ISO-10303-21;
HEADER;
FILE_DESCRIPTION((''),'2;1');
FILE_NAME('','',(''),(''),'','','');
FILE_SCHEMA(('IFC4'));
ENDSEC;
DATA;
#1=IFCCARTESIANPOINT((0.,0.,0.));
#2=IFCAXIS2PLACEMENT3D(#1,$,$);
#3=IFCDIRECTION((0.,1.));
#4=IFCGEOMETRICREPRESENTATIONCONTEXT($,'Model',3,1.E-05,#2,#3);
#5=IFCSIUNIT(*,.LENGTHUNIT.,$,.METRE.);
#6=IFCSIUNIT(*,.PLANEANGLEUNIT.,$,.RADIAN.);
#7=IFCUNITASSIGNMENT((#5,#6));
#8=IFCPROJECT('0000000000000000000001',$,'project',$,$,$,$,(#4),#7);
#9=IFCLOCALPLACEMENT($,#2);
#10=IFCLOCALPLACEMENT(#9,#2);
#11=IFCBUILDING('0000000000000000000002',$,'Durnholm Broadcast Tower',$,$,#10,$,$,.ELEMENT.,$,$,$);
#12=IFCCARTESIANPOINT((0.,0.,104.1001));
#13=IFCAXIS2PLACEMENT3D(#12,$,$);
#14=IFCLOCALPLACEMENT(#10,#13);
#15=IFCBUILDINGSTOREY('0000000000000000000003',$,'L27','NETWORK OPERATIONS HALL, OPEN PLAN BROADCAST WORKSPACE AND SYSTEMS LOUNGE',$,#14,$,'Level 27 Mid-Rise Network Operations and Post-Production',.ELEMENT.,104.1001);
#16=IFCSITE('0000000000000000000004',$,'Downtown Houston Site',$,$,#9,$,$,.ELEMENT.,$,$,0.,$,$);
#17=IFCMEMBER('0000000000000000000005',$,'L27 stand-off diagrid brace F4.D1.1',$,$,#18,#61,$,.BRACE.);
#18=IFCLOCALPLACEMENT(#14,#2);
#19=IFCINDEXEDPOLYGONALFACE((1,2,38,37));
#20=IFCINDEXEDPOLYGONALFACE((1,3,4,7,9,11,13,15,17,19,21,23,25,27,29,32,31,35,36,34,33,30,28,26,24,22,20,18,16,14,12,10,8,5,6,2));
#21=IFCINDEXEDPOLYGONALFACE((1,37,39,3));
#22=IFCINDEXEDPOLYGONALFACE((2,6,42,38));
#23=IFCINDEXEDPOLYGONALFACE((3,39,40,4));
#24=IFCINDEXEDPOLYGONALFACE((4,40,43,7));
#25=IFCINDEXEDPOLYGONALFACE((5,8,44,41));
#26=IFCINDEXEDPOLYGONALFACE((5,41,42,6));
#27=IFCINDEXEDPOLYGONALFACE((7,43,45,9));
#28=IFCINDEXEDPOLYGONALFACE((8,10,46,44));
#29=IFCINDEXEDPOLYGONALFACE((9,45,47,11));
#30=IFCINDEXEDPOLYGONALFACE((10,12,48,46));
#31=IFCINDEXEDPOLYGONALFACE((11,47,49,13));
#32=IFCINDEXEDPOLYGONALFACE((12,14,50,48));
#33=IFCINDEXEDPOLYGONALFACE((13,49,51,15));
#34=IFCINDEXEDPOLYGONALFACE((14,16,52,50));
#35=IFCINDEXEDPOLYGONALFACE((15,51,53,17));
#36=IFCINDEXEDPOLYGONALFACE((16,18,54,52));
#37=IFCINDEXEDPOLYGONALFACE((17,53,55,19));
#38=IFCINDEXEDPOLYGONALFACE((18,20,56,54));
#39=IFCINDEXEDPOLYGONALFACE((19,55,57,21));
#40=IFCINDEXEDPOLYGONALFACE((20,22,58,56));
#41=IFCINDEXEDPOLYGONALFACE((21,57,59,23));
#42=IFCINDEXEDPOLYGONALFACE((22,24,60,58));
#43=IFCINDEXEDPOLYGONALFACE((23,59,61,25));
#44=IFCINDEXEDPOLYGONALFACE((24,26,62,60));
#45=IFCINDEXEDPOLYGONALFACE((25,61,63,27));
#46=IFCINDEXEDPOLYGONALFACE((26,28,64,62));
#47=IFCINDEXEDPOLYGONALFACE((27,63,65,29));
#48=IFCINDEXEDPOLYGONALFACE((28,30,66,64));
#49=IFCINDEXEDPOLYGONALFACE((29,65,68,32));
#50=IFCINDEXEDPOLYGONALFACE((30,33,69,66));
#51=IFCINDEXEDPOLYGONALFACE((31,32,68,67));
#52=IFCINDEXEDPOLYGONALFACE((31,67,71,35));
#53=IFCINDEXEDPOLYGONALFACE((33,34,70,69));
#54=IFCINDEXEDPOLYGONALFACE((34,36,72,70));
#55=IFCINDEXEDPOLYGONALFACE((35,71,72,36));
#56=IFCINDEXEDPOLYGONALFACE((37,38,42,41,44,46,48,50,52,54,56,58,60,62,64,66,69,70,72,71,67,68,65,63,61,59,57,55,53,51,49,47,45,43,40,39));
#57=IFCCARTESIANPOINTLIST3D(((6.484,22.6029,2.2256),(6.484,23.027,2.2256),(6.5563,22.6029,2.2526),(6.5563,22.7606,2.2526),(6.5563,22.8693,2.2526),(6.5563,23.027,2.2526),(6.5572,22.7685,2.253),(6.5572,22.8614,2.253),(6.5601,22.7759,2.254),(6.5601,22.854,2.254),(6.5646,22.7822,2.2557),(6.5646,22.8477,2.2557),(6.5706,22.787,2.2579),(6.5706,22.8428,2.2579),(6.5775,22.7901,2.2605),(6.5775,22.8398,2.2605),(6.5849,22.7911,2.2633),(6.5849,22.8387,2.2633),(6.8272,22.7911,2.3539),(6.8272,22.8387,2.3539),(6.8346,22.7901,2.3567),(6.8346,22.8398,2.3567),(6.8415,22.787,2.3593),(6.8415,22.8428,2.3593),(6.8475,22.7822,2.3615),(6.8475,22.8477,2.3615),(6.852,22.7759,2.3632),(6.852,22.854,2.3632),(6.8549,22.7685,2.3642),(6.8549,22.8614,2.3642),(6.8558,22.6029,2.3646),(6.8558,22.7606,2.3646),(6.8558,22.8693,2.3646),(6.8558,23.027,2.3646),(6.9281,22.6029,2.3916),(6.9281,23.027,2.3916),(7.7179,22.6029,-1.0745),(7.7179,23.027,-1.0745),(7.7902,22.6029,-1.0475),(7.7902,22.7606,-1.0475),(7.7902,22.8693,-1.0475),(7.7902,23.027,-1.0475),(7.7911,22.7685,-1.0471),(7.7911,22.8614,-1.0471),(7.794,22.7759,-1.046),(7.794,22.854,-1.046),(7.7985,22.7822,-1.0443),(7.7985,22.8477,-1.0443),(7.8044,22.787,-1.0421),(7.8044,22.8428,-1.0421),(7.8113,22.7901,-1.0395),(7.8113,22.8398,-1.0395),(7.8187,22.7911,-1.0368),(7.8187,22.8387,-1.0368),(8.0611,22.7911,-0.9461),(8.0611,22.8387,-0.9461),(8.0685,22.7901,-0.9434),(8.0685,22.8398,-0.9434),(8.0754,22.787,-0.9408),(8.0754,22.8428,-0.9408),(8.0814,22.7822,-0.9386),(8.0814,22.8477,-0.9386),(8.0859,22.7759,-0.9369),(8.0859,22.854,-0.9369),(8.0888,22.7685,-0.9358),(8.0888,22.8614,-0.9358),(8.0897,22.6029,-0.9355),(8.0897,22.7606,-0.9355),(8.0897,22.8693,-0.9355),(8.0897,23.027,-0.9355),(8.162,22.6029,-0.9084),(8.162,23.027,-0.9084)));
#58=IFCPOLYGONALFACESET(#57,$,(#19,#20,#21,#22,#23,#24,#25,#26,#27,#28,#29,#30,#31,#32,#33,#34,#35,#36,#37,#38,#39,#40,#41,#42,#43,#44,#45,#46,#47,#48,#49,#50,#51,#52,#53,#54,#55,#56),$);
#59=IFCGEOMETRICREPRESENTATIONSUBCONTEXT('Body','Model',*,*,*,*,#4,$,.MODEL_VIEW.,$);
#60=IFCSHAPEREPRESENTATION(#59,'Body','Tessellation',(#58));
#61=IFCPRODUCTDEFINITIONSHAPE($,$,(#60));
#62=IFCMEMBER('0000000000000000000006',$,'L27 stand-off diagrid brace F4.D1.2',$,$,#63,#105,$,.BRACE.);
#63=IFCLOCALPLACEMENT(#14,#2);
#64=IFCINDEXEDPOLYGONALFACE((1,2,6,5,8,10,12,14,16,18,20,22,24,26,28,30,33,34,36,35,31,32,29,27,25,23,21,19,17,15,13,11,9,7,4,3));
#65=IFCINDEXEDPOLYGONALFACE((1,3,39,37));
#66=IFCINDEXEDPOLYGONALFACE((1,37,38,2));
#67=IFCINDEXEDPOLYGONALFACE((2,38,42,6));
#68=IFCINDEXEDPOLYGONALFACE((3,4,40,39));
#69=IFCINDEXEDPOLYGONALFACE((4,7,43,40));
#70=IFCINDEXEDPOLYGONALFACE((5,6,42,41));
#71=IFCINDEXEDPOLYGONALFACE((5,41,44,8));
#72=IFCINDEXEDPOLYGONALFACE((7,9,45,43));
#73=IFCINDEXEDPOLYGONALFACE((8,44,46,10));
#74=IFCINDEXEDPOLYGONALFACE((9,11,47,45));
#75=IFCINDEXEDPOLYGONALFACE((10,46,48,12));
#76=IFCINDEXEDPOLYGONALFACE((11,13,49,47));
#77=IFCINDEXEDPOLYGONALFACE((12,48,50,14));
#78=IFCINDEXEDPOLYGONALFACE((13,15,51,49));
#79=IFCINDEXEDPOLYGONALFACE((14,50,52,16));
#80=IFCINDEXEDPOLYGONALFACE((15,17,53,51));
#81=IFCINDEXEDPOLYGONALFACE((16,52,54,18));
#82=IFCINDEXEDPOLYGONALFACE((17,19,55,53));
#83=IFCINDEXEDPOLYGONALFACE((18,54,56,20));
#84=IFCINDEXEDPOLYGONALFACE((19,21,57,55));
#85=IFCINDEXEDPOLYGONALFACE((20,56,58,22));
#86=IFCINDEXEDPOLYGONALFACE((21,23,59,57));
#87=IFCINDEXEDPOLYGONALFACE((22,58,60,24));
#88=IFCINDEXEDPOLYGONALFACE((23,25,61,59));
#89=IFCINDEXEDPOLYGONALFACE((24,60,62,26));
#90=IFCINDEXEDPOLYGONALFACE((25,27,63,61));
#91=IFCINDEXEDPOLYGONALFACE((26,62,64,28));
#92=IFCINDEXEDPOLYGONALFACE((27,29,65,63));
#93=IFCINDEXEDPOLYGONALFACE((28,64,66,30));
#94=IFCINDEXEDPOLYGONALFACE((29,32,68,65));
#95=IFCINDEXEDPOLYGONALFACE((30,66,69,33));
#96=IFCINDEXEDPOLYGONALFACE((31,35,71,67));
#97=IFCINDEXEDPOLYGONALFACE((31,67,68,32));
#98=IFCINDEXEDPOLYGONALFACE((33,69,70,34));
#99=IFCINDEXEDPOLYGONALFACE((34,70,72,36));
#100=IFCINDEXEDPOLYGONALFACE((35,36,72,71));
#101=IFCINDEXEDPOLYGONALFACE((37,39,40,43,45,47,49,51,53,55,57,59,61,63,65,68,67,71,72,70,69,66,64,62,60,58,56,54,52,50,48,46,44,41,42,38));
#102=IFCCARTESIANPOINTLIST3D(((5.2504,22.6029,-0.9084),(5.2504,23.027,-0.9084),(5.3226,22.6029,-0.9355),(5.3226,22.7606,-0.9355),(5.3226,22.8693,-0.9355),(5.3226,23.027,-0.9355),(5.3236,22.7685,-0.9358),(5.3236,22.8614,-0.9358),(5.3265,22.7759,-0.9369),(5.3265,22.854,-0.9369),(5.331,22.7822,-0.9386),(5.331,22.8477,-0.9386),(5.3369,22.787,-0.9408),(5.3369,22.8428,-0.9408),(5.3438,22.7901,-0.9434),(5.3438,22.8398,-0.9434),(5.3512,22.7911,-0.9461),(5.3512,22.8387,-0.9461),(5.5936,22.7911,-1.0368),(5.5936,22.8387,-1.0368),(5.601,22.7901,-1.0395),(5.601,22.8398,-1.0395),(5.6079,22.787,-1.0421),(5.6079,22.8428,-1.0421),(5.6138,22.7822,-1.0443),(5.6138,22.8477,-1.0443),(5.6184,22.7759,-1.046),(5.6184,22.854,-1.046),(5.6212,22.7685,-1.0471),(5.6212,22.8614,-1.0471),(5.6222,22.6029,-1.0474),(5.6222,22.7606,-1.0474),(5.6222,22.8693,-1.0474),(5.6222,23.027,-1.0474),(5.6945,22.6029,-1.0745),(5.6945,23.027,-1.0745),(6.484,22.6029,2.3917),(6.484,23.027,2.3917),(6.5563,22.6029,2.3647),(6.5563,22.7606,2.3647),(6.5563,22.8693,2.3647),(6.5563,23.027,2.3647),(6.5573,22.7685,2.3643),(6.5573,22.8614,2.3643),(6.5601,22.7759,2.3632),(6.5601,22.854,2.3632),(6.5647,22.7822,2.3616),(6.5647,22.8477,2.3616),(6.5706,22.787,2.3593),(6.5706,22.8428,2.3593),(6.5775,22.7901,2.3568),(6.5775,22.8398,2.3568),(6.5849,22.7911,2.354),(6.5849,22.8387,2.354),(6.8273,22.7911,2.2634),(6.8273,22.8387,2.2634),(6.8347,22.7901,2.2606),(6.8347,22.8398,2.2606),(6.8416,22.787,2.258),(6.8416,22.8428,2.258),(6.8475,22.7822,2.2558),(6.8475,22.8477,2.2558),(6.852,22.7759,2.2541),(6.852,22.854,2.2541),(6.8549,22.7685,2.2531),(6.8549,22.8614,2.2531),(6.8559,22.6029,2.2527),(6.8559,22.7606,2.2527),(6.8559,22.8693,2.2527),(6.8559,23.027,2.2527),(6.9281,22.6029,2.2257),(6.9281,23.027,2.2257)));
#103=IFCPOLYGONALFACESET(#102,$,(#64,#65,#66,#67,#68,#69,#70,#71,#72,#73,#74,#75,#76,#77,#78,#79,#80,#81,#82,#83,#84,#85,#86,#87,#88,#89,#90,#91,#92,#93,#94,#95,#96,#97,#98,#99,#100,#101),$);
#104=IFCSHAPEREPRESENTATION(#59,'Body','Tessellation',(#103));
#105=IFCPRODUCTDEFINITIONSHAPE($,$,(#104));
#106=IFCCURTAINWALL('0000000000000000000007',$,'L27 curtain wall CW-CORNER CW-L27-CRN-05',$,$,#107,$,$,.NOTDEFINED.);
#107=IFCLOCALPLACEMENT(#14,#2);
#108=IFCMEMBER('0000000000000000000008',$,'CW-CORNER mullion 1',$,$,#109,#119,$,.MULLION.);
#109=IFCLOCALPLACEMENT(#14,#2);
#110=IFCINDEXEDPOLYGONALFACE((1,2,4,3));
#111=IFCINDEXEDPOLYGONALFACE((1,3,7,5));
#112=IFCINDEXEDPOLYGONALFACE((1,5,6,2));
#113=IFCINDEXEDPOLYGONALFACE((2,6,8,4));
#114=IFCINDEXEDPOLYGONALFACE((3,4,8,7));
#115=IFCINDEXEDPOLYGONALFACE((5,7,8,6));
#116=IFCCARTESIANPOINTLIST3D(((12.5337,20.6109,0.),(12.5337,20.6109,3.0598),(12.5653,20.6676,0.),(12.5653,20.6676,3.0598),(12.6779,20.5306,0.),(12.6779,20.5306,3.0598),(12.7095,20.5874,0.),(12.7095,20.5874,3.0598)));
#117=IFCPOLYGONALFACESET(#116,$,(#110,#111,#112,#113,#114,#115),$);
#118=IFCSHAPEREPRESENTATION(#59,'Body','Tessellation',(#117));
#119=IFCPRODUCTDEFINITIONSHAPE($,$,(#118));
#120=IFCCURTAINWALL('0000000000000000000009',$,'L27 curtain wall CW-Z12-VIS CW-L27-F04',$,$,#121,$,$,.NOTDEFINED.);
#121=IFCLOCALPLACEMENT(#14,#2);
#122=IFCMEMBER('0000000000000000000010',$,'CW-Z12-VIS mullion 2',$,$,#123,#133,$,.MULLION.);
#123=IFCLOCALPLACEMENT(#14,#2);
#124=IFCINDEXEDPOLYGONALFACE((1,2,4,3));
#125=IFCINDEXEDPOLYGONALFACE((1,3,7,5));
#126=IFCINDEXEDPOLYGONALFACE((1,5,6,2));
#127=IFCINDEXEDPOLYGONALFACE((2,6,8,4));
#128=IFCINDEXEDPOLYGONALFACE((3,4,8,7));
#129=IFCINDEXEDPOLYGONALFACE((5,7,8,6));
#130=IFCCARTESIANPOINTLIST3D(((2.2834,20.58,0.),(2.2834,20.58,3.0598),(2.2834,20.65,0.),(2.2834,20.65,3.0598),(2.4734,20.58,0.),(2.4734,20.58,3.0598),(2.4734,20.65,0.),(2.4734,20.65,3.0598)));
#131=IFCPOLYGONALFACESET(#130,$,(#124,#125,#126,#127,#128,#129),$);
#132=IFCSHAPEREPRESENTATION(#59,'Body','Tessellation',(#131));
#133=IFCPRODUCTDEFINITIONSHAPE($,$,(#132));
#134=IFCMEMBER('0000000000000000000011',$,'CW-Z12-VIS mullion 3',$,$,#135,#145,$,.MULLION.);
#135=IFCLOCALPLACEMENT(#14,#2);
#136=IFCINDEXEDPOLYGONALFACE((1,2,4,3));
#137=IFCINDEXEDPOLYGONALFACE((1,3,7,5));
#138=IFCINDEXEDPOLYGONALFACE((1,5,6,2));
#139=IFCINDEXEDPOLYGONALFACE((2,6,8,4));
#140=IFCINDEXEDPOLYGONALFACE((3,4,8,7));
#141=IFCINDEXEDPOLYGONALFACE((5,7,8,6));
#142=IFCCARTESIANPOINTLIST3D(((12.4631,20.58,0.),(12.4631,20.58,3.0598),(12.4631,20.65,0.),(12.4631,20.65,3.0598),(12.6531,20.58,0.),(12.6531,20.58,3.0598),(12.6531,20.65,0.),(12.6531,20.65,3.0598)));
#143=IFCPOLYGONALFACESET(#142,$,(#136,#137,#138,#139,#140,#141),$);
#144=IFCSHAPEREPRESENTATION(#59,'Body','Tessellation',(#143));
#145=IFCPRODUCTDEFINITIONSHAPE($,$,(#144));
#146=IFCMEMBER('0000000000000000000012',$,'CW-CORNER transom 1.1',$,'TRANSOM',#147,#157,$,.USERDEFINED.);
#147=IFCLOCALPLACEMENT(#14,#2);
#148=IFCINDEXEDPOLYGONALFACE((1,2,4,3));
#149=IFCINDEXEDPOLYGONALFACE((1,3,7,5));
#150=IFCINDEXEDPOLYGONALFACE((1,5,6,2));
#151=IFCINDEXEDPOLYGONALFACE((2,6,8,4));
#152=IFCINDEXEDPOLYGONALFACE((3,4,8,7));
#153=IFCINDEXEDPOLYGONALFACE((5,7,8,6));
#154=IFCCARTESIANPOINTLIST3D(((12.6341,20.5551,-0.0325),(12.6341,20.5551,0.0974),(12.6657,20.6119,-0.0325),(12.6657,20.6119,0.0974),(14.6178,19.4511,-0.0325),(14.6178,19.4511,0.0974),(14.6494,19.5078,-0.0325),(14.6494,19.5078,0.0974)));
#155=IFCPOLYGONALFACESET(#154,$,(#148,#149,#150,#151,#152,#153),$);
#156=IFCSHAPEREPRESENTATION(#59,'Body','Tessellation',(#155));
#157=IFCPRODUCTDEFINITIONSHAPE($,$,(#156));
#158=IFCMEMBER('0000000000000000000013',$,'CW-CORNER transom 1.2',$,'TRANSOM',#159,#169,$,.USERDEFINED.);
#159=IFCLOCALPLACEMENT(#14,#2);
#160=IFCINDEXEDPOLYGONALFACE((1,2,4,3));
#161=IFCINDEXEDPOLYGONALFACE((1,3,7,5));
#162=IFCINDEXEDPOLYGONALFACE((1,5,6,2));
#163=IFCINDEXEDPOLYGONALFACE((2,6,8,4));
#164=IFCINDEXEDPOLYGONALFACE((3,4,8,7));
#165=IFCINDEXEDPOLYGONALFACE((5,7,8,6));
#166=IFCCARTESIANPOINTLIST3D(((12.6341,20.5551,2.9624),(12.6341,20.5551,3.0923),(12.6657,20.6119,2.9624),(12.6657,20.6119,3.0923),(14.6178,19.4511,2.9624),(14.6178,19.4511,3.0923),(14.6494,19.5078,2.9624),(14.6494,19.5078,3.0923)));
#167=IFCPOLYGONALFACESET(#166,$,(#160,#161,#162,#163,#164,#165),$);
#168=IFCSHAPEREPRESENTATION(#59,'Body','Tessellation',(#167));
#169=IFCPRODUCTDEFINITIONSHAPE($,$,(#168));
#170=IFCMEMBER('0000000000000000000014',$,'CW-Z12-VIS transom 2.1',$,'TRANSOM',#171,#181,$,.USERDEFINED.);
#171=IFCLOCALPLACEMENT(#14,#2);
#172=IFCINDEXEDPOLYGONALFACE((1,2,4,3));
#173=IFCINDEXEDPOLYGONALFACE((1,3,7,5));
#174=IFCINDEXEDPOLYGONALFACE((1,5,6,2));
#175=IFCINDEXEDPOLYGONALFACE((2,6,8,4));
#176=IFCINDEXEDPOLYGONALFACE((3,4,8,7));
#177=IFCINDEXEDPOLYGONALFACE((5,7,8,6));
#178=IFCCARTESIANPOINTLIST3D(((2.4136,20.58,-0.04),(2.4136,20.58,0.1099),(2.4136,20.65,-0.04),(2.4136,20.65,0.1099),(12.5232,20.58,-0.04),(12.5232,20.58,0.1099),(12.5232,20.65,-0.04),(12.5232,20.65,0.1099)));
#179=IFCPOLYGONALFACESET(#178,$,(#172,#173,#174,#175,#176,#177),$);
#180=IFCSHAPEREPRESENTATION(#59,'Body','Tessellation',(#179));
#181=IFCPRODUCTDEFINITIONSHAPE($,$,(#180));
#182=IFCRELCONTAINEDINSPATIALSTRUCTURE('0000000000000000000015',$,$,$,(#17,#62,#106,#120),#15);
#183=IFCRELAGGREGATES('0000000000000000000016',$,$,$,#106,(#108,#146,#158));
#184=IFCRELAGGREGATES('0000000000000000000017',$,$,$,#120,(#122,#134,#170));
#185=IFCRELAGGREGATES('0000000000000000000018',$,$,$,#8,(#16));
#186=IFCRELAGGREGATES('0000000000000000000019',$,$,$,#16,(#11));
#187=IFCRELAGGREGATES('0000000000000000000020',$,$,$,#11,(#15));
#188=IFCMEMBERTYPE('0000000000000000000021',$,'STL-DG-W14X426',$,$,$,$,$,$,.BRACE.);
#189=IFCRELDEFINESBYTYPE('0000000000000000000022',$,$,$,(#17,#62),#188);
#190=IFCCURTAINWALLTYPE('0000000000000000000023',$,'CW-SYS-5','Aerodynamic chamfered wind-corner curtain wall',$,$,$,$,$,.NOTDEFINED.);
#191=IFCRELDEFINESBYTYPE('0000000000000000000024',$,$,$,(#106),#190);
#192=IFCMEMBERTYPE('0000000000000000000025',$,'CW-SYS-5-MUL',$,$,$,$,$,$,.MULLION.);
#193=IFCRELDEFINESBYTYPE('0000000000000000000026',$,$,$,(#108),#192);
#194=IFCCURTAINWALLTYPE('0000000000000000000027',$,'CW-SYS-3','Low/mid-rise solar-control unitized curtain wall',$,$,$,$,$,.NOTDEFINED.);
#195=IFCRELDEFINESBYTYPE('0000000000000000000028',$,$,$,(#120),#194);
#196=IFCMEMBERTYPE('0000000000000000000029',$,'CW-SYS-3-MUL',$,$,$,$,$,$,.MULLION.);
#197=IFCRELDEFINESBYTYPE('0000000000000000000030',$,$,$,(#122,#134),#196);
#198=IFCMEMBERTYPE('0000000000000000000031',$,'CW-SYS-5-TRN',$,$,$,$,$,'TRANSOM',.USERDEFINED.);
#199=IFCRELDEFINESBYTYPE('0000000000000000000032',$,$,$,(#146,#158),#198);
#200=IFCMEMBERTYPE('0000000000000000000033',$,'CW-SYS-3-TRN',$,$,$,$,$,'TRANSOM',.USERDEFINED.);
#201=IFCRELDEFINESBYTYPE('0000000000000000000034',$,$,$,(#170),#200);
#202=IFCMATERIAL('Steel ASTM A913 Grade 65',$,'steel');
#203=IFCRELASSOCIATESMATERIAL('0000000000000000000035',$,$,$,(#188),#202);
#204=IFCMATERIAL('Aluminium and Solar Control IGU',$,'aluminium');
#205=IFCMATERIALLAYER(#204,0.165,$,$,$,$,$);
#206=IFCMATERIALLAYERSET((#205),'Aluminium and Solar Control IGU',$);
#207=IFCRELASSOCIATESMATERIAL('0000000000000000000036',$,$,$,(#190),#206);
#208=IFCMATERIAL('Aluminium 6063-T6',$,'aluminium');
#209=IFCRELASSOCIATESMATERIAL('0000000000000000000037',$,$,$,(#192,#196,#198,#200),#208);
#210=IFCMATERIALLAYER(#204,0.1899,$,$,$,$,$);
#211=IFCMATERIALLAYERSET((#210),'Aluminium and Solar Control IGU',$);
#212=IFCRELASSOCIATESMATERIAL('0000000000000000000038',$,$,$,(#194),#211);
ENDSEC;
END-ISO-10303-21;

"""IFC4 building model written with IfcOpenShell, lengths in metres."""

from ifc_helpers import new_model, si_unit, direction, frame, origin, origin_2d, place, context, subcontext, project, spatial, rectangle, i_section, extrude, source, transform, mapped, material, layer, layer_set, material_profile, profile_set, type_object, type_shapes, element, aggregate, save


model = new_model("IFC4")

# Units and contexts
model_context = context("Model", 3, precision=1e-05, world=origin(), true_north=direction((0.0, 1.0)))
body_context = subcontext(model_context, "Body", "Model", "MODEL_VIEW")
ifc_project = project(units=[si_unit("LENGTHUNIT", "METRE"), si_unit("PLANEANGLEUNIT", "RADIAN")], contexts=[model_context])

# Site, building, storey
site_placement = place(None, origin())
site = spatial("IfcSite", under=ifc_project, at=site_placement, Name="Downtown Houston Site", CompositionType="ELEMENT", RefElevation=0.0)
building_placement = place(site_placement, origin())
building = spatial("IfcBuilding", under=site, at=building_placement, Name="Durnholm Broadcast Tower", CompositionType="ELEMENT")
storey_placement = place(building_placement, frame((0.0, 0.0, 104.1001)))
storey = spatial("IfcBuildingStorey", under=building, at=storey_placement, Name="L27", Description="NETWORK OPERATIONS HALL, OPEN PLAN BROADCAST WORKSPACE AND SYSTEMS LOUNGE", LongName="Level 27 Mid-Rise Network Operations and Post-Production", CompositionType="ELEMENT", Elevation=104.1001)

# Members
ifc_material_1 = material(Name="Steel ASTM A913 Grade 65", Category="steel")
ifc_material_profile_1 = material_profile(ifc_material_1, i_section(OverallWidth=0.4241, OverallDepth=0.4741, WebThickness=0.0476, FlangeThickness=0.0771, FilletRadius=0.0305, at=origin_2d()), Name="W14X426")
ifc_profile_set_1 = profile_set([ifc_material_profile_1], Name="Steel ASTM A913 Grade 65")
member_type_1 = type_object("IfcMemberType", Name="STL-DG-W14X426", PredefinedType="BRACE", material=ifc_profile_set_1)
shared_shape_1 = source(origin(), body_context, "Body", "SweptSolid", [
    extrude(i_section(OverallWidth=0.4241, OverallDepth=0.4741, WebThickness=0.0476, FlangeThickness=0.0771, FilletRadius=0.0305, at=origin_2d()), origin(), (0.0, 0.0, 1.0), 3.5232),
])
type_shapes(member_type_1, [shared_shape_1])
for number, where, z_axis, x_axis, name in (
    (1, (7.9399, 22.8149, -0.9915), (-0.35022, 0.0, 0.936668), (0.0, -1.0, 0.0), "L27 stand-off diagrid brace F4.D1.1"),
    (2, (5.4724, 22.8149, -0.9915), (0.350159, 0.0, 0.93669), (0.0, 1.0, 0.0), "L27 stand-off diagrid brace F4.D1.2"),
):
    element("IfcMember", number, at=place(storey_placement, frame(where, z_axis=z_axis, x_axis=x_axis)), inside=storey, type_object=member_type_1, Name=name, PredefinedType="BRACE", context=body_context, shape_type="MappedRepresentation", body=[
        mapped(shared_shape_1, transform((0.0, 0.0, 0.0), x_axis=(1.0, 0.0, 0.0), y_axis=(0.0, 1.0, 0.0), z_axis=(0.0, 0.0, 1.0), scale=1.0)),
    ])

# Curtain wall, member
ifc_material_2 = material(Name="Aluminium and Solar Control IGU", Category="aluminium")
ifc_layer_1 = layer(ifc_material_2, 0.165)
ifc_layer_set_1 = layer_set([ifc_layer_1], Name="Aluminium and Solar Control IGU")
curtain_wall_type_1 = type_object("IfcCurtainWallType", Name="CW-SYS-5", Description="Aerodynamic chamfered wind-corner curtain wall", PredefinedType="NOTDEFINED", material=ifc_layer_set_1)
curtain_wall_1_placement = place(storey_placement, origin())
curtain_wall_1 = element("IfcCurtainWall", 3, at=curtain_wall_1_placement, inside=storey, type_object=curtain_wall_type_1, Name="L27 curtain wall CW-CORNER CW-L27-CRN-05", PredefinedType="NOTDEFINED")
ifc_material_3 = material(Name="Aluminium 6063-T6", Category="aluminium")
ifc_material_profile_2 = material_profile(ifc_material_3, rectangle(XDim=0.0649, YDim=0.165, at=origin_2d()), Name="CWM65X165")
ifc_profile_set_2 = profile_set([ifc_material_profile_2], Name="Aluminium 6063-T6")
member_type_2 = type_object("IfcMemberType", Name="CW-SYS-5-MUL", PredefinedType="MULLION", material=ifc_profile_set_2)
shared_shape_2 = source(origin(), body_context, "Body", "SweptSolid", [
    extrude(rectangle(XDim=0.0649, YDim=0.165, at=origin_2d()), origin(), (0.0, 0.0, 1.0), 3.0598),
])
type_shapes(member_type_2, [shared_shape_2])
member_1_placement = place(storey_placement, frame((12.6216, 20.5991, 0.0), z_axis=(0.0, 0.0, 1.0), x_axis=(0.486244, 0.873823, 0.0)))
member_1 = element("IfcMember", 4, at=member_1_placement, type_object=member_type_2, Name="CW-CORNER mullion 1", PredefinedType="MULLION", context=body_context, shape_type="MappedRepresentation", body=[
    mapped(shared_shape_2, transform((0.0, 0.0, 0.0), x_axis=(1.0, 0.0, 0.0), y_axis=(0.0, 1.0, 0.0), z_axis=(0.0, 0.0, 1.0), scale=1.0)),
])

# Curtain wall, members
ifc_layer_2 = layer(ifc_material_2, 0.1899)
ifc_layer_set_2 = layer_set([ifc_layer_2], Name="Aluminium and Solar Control IGU")
curtain_wall_type_2 = type_object("IfcCurtainWallType", Name="CW-SYS-3", Description="Low/mid-rise solar-control unitized curtain wall", PredefinedType="NOTDEFINED", material=ifc_layer_set_2)
curtain_wall_2_placement = place(storey_placement, origin())
curtain_wall_2 = element("IfcCurtainWall", 5, at=curtain_wall_2_placement, inside=storey, type_object=curtain_wall_type_2, Name="L27 curtain wall CW-Z12-VIS CW-L27-F04", PredefinedType="NOTDEFINED")
ifc_material_profile_3 = material_profile(ifc_material_3, rectangle(XDim=0.0701, YDim=0.1899, at=origin_2d()), Name="CWM70X190")
ifc_profile_set_3 = profile_set([ifc_material_profile_3], Name="Aluminium 6063-T6")
member_type_3 = type_object("IfcMemberType", Name="CW-SYS-3-MUL", PredefinedType="MULLION", material=ifc_profile_set_3)
shared_shape_3 = source(origin(), body_context, "Body", "SweptSolid", [
    extrude(rectangle(XDim=0.0701, YDim=0.1899, at=origin_2d()), origin(), (0.0, 0.0, 1.0), 3.0598),
])
type_shapes(member_type_3, [shared_shape_3])
member_2_placement = place(storey_placement, frame((2.3784, 20.615, 0.0), z_axis=(0.0, 0.0, 1.0), x_axis=(0.0, 1.0, 0.0)))
member_2 = element("IfcMember", 6, at=member_2_placement, type_object=member_type_3, Name="CW-Z12-VIS mullion 2", PredefinedType="MULLION", context=body_context, shape_type="MappedRepresentation", body=[
    mapped(shared_shape_3, transform((0.0, 0.0, 0.0), x_axis=(1.0, 0.0, 0.0), y_axis=(0.0, 1.0, 0.0), z_axis=(0.0, 0.0, 1.0), scale=1.0)),
])
member_3_placement = place(storey_placement, frame((12.5581, 20.615, 0.0), z_axis=(0.0, 0.0, 1.0), x_axis=(0.0, 1.0, 0.0)))
member_3 = element("IfcMember", 7, at=member_3_placement, type_object=member_type_3, Name="CW-Z12-VIS mullion 3", PredefinedType="MULLION", context=body_context, shape_type="MappedRepresentation", body=[
    mapped(shared_shape_3, transform((0.0, 0.0, 0.0), x_axis=(1.0, 0.0, 0.0), y_axis=(0.0, 1.0, 0.0), z_axis=(0.0, 0.0, 1.0), scale=1.0)),
])

# Members
ifc_material_profile_4 = material_profile(ifc_material_3, rectangle(XDim=0.0649, YDim=0.1299, at=origin_2d()), Name="CWT65X130")
ifc_profile_set_4 = profile_set([ifc_material_profile_4], Name="Aluminium 6063-T6")
member_type_4 = type_object("IfcMemberType", Name="CW-SYS-5-TRN", ElementType="TRANSOM", PredefinedType="USERDEFINED", material=ifc_profile_set_4)
shared_shape_4 = source(origin(), body_context, "Body", "SweptSolid", [
    extrude(rectangle(XDim=0.0649, YDim=0.1299, at=origin_2d()), origin(), (0.0, 0.0, 1.0), 2.2703),
])
type_shapes(member_type_4, [shared_shape_4])
member_4_placement = place(storey_placement, frame((12.6499, 20.5835, 0.0325), z_axis=(0.873787, -0.486309, 0.0), x_axis=(0.486309, 0.873787, 0.0)))
member_4 = element("IfcMember", 8, at=member_4_placement, type_object=member_type_4, Name="CW-CORNER transom 1.1", ObjectType="TRANSOM", PredefinedType="USERDEFINED", context=body_context, shape_type="MappedRepresentation", body=[
    mapped(shared_shape_4, transform((0.0, 0.0, 0.0), x_axis=(1.0, 0.0, 0.0), y_axis=(0.0, 1.0, 0.0), z_axis=(0.0, 0.0, 1.0), scale=1.0)),
])
member_5_placement = place(storey_placement, frame((12.6499, 20.5835, 3.0273), z_axis=(0.873787, -0.486309, 0.0), x_axis=(0.486309, 0.873787, 0.0)))
member_5 = element("IfcMember", 9, at=member_5_placement, type_object=member_type_4, Name="CW-CORNER transom 1.2", ObjectType="TRANSOM", PredefinedType="USERDEFINED", context=body_context, shape_type="MappedRepresentation", body=[
    mapped(shared_shape_4, transform((0.0, 0.0, 0.0), x_axis=(1.0, 0.0, 0.0), y_axis=(0.0, 1.0, 0.0), z_axis=(0.0, 0.0, 1.0), scale=1.0)),
])
aggregate(curtain_wall_1, [member_1, member_4, member_5])
ifc_material_profile_5 = material_profile(ifc_material_3, rectangle(XDim=0.0701, YDim=0.1499, at=origin_2d()), Name="CWT70X150")
ifc_profile_set_5 = profile_set([ifc_material_profile_5], Name="Aluminium 6063-T6")
member_type_5 = type_object("IfcMemberType", Name="CW-SYS-3-TRN", ElementType="TRANSOM", PredefinedType="USERDEFINED", material=ifc_profile_set_5)
shared_shape_5 = source(origin(), body_context, "Body", "SweptSolid", [
    extrude(rectangle(XDim=0.0701, YDim=0.1499, at=origin_2d()), origin(), (0.0, 0.0, 1.0), 10.1096),
])
type_shapes(member_type_5, [shared_shape_5])
member_6_placement = place(storey_placement, frame((2.4136, 20.615, 0.0349), z_axis=(1.0, 0.0, 0.0), x_axis=(0.0, 1.0, 0.0)))
member_6 = element("IfcMember", 10, at=member_6_placement, type_object=member_type_5, Name="CW-Z12-VIS transom 2.1", ObjectType="TRANSOM", PredefinedType="USERDEFINED", context=body_context, shape_type="MappedRepresentation", body=[
    mapped(shared_shape_5, transform((0.0, 0.0, 0.0), x_axis=(1.0, 0.0, 0.0), y_axis=(0.0, 1.0, 0.0), z_axis=(0.0, 0.0, 1.0), scale=1.0)),
])

aggregate(curtain_wall_2, [member_2, member_3, member_6])

save(model, "model.ifc")
